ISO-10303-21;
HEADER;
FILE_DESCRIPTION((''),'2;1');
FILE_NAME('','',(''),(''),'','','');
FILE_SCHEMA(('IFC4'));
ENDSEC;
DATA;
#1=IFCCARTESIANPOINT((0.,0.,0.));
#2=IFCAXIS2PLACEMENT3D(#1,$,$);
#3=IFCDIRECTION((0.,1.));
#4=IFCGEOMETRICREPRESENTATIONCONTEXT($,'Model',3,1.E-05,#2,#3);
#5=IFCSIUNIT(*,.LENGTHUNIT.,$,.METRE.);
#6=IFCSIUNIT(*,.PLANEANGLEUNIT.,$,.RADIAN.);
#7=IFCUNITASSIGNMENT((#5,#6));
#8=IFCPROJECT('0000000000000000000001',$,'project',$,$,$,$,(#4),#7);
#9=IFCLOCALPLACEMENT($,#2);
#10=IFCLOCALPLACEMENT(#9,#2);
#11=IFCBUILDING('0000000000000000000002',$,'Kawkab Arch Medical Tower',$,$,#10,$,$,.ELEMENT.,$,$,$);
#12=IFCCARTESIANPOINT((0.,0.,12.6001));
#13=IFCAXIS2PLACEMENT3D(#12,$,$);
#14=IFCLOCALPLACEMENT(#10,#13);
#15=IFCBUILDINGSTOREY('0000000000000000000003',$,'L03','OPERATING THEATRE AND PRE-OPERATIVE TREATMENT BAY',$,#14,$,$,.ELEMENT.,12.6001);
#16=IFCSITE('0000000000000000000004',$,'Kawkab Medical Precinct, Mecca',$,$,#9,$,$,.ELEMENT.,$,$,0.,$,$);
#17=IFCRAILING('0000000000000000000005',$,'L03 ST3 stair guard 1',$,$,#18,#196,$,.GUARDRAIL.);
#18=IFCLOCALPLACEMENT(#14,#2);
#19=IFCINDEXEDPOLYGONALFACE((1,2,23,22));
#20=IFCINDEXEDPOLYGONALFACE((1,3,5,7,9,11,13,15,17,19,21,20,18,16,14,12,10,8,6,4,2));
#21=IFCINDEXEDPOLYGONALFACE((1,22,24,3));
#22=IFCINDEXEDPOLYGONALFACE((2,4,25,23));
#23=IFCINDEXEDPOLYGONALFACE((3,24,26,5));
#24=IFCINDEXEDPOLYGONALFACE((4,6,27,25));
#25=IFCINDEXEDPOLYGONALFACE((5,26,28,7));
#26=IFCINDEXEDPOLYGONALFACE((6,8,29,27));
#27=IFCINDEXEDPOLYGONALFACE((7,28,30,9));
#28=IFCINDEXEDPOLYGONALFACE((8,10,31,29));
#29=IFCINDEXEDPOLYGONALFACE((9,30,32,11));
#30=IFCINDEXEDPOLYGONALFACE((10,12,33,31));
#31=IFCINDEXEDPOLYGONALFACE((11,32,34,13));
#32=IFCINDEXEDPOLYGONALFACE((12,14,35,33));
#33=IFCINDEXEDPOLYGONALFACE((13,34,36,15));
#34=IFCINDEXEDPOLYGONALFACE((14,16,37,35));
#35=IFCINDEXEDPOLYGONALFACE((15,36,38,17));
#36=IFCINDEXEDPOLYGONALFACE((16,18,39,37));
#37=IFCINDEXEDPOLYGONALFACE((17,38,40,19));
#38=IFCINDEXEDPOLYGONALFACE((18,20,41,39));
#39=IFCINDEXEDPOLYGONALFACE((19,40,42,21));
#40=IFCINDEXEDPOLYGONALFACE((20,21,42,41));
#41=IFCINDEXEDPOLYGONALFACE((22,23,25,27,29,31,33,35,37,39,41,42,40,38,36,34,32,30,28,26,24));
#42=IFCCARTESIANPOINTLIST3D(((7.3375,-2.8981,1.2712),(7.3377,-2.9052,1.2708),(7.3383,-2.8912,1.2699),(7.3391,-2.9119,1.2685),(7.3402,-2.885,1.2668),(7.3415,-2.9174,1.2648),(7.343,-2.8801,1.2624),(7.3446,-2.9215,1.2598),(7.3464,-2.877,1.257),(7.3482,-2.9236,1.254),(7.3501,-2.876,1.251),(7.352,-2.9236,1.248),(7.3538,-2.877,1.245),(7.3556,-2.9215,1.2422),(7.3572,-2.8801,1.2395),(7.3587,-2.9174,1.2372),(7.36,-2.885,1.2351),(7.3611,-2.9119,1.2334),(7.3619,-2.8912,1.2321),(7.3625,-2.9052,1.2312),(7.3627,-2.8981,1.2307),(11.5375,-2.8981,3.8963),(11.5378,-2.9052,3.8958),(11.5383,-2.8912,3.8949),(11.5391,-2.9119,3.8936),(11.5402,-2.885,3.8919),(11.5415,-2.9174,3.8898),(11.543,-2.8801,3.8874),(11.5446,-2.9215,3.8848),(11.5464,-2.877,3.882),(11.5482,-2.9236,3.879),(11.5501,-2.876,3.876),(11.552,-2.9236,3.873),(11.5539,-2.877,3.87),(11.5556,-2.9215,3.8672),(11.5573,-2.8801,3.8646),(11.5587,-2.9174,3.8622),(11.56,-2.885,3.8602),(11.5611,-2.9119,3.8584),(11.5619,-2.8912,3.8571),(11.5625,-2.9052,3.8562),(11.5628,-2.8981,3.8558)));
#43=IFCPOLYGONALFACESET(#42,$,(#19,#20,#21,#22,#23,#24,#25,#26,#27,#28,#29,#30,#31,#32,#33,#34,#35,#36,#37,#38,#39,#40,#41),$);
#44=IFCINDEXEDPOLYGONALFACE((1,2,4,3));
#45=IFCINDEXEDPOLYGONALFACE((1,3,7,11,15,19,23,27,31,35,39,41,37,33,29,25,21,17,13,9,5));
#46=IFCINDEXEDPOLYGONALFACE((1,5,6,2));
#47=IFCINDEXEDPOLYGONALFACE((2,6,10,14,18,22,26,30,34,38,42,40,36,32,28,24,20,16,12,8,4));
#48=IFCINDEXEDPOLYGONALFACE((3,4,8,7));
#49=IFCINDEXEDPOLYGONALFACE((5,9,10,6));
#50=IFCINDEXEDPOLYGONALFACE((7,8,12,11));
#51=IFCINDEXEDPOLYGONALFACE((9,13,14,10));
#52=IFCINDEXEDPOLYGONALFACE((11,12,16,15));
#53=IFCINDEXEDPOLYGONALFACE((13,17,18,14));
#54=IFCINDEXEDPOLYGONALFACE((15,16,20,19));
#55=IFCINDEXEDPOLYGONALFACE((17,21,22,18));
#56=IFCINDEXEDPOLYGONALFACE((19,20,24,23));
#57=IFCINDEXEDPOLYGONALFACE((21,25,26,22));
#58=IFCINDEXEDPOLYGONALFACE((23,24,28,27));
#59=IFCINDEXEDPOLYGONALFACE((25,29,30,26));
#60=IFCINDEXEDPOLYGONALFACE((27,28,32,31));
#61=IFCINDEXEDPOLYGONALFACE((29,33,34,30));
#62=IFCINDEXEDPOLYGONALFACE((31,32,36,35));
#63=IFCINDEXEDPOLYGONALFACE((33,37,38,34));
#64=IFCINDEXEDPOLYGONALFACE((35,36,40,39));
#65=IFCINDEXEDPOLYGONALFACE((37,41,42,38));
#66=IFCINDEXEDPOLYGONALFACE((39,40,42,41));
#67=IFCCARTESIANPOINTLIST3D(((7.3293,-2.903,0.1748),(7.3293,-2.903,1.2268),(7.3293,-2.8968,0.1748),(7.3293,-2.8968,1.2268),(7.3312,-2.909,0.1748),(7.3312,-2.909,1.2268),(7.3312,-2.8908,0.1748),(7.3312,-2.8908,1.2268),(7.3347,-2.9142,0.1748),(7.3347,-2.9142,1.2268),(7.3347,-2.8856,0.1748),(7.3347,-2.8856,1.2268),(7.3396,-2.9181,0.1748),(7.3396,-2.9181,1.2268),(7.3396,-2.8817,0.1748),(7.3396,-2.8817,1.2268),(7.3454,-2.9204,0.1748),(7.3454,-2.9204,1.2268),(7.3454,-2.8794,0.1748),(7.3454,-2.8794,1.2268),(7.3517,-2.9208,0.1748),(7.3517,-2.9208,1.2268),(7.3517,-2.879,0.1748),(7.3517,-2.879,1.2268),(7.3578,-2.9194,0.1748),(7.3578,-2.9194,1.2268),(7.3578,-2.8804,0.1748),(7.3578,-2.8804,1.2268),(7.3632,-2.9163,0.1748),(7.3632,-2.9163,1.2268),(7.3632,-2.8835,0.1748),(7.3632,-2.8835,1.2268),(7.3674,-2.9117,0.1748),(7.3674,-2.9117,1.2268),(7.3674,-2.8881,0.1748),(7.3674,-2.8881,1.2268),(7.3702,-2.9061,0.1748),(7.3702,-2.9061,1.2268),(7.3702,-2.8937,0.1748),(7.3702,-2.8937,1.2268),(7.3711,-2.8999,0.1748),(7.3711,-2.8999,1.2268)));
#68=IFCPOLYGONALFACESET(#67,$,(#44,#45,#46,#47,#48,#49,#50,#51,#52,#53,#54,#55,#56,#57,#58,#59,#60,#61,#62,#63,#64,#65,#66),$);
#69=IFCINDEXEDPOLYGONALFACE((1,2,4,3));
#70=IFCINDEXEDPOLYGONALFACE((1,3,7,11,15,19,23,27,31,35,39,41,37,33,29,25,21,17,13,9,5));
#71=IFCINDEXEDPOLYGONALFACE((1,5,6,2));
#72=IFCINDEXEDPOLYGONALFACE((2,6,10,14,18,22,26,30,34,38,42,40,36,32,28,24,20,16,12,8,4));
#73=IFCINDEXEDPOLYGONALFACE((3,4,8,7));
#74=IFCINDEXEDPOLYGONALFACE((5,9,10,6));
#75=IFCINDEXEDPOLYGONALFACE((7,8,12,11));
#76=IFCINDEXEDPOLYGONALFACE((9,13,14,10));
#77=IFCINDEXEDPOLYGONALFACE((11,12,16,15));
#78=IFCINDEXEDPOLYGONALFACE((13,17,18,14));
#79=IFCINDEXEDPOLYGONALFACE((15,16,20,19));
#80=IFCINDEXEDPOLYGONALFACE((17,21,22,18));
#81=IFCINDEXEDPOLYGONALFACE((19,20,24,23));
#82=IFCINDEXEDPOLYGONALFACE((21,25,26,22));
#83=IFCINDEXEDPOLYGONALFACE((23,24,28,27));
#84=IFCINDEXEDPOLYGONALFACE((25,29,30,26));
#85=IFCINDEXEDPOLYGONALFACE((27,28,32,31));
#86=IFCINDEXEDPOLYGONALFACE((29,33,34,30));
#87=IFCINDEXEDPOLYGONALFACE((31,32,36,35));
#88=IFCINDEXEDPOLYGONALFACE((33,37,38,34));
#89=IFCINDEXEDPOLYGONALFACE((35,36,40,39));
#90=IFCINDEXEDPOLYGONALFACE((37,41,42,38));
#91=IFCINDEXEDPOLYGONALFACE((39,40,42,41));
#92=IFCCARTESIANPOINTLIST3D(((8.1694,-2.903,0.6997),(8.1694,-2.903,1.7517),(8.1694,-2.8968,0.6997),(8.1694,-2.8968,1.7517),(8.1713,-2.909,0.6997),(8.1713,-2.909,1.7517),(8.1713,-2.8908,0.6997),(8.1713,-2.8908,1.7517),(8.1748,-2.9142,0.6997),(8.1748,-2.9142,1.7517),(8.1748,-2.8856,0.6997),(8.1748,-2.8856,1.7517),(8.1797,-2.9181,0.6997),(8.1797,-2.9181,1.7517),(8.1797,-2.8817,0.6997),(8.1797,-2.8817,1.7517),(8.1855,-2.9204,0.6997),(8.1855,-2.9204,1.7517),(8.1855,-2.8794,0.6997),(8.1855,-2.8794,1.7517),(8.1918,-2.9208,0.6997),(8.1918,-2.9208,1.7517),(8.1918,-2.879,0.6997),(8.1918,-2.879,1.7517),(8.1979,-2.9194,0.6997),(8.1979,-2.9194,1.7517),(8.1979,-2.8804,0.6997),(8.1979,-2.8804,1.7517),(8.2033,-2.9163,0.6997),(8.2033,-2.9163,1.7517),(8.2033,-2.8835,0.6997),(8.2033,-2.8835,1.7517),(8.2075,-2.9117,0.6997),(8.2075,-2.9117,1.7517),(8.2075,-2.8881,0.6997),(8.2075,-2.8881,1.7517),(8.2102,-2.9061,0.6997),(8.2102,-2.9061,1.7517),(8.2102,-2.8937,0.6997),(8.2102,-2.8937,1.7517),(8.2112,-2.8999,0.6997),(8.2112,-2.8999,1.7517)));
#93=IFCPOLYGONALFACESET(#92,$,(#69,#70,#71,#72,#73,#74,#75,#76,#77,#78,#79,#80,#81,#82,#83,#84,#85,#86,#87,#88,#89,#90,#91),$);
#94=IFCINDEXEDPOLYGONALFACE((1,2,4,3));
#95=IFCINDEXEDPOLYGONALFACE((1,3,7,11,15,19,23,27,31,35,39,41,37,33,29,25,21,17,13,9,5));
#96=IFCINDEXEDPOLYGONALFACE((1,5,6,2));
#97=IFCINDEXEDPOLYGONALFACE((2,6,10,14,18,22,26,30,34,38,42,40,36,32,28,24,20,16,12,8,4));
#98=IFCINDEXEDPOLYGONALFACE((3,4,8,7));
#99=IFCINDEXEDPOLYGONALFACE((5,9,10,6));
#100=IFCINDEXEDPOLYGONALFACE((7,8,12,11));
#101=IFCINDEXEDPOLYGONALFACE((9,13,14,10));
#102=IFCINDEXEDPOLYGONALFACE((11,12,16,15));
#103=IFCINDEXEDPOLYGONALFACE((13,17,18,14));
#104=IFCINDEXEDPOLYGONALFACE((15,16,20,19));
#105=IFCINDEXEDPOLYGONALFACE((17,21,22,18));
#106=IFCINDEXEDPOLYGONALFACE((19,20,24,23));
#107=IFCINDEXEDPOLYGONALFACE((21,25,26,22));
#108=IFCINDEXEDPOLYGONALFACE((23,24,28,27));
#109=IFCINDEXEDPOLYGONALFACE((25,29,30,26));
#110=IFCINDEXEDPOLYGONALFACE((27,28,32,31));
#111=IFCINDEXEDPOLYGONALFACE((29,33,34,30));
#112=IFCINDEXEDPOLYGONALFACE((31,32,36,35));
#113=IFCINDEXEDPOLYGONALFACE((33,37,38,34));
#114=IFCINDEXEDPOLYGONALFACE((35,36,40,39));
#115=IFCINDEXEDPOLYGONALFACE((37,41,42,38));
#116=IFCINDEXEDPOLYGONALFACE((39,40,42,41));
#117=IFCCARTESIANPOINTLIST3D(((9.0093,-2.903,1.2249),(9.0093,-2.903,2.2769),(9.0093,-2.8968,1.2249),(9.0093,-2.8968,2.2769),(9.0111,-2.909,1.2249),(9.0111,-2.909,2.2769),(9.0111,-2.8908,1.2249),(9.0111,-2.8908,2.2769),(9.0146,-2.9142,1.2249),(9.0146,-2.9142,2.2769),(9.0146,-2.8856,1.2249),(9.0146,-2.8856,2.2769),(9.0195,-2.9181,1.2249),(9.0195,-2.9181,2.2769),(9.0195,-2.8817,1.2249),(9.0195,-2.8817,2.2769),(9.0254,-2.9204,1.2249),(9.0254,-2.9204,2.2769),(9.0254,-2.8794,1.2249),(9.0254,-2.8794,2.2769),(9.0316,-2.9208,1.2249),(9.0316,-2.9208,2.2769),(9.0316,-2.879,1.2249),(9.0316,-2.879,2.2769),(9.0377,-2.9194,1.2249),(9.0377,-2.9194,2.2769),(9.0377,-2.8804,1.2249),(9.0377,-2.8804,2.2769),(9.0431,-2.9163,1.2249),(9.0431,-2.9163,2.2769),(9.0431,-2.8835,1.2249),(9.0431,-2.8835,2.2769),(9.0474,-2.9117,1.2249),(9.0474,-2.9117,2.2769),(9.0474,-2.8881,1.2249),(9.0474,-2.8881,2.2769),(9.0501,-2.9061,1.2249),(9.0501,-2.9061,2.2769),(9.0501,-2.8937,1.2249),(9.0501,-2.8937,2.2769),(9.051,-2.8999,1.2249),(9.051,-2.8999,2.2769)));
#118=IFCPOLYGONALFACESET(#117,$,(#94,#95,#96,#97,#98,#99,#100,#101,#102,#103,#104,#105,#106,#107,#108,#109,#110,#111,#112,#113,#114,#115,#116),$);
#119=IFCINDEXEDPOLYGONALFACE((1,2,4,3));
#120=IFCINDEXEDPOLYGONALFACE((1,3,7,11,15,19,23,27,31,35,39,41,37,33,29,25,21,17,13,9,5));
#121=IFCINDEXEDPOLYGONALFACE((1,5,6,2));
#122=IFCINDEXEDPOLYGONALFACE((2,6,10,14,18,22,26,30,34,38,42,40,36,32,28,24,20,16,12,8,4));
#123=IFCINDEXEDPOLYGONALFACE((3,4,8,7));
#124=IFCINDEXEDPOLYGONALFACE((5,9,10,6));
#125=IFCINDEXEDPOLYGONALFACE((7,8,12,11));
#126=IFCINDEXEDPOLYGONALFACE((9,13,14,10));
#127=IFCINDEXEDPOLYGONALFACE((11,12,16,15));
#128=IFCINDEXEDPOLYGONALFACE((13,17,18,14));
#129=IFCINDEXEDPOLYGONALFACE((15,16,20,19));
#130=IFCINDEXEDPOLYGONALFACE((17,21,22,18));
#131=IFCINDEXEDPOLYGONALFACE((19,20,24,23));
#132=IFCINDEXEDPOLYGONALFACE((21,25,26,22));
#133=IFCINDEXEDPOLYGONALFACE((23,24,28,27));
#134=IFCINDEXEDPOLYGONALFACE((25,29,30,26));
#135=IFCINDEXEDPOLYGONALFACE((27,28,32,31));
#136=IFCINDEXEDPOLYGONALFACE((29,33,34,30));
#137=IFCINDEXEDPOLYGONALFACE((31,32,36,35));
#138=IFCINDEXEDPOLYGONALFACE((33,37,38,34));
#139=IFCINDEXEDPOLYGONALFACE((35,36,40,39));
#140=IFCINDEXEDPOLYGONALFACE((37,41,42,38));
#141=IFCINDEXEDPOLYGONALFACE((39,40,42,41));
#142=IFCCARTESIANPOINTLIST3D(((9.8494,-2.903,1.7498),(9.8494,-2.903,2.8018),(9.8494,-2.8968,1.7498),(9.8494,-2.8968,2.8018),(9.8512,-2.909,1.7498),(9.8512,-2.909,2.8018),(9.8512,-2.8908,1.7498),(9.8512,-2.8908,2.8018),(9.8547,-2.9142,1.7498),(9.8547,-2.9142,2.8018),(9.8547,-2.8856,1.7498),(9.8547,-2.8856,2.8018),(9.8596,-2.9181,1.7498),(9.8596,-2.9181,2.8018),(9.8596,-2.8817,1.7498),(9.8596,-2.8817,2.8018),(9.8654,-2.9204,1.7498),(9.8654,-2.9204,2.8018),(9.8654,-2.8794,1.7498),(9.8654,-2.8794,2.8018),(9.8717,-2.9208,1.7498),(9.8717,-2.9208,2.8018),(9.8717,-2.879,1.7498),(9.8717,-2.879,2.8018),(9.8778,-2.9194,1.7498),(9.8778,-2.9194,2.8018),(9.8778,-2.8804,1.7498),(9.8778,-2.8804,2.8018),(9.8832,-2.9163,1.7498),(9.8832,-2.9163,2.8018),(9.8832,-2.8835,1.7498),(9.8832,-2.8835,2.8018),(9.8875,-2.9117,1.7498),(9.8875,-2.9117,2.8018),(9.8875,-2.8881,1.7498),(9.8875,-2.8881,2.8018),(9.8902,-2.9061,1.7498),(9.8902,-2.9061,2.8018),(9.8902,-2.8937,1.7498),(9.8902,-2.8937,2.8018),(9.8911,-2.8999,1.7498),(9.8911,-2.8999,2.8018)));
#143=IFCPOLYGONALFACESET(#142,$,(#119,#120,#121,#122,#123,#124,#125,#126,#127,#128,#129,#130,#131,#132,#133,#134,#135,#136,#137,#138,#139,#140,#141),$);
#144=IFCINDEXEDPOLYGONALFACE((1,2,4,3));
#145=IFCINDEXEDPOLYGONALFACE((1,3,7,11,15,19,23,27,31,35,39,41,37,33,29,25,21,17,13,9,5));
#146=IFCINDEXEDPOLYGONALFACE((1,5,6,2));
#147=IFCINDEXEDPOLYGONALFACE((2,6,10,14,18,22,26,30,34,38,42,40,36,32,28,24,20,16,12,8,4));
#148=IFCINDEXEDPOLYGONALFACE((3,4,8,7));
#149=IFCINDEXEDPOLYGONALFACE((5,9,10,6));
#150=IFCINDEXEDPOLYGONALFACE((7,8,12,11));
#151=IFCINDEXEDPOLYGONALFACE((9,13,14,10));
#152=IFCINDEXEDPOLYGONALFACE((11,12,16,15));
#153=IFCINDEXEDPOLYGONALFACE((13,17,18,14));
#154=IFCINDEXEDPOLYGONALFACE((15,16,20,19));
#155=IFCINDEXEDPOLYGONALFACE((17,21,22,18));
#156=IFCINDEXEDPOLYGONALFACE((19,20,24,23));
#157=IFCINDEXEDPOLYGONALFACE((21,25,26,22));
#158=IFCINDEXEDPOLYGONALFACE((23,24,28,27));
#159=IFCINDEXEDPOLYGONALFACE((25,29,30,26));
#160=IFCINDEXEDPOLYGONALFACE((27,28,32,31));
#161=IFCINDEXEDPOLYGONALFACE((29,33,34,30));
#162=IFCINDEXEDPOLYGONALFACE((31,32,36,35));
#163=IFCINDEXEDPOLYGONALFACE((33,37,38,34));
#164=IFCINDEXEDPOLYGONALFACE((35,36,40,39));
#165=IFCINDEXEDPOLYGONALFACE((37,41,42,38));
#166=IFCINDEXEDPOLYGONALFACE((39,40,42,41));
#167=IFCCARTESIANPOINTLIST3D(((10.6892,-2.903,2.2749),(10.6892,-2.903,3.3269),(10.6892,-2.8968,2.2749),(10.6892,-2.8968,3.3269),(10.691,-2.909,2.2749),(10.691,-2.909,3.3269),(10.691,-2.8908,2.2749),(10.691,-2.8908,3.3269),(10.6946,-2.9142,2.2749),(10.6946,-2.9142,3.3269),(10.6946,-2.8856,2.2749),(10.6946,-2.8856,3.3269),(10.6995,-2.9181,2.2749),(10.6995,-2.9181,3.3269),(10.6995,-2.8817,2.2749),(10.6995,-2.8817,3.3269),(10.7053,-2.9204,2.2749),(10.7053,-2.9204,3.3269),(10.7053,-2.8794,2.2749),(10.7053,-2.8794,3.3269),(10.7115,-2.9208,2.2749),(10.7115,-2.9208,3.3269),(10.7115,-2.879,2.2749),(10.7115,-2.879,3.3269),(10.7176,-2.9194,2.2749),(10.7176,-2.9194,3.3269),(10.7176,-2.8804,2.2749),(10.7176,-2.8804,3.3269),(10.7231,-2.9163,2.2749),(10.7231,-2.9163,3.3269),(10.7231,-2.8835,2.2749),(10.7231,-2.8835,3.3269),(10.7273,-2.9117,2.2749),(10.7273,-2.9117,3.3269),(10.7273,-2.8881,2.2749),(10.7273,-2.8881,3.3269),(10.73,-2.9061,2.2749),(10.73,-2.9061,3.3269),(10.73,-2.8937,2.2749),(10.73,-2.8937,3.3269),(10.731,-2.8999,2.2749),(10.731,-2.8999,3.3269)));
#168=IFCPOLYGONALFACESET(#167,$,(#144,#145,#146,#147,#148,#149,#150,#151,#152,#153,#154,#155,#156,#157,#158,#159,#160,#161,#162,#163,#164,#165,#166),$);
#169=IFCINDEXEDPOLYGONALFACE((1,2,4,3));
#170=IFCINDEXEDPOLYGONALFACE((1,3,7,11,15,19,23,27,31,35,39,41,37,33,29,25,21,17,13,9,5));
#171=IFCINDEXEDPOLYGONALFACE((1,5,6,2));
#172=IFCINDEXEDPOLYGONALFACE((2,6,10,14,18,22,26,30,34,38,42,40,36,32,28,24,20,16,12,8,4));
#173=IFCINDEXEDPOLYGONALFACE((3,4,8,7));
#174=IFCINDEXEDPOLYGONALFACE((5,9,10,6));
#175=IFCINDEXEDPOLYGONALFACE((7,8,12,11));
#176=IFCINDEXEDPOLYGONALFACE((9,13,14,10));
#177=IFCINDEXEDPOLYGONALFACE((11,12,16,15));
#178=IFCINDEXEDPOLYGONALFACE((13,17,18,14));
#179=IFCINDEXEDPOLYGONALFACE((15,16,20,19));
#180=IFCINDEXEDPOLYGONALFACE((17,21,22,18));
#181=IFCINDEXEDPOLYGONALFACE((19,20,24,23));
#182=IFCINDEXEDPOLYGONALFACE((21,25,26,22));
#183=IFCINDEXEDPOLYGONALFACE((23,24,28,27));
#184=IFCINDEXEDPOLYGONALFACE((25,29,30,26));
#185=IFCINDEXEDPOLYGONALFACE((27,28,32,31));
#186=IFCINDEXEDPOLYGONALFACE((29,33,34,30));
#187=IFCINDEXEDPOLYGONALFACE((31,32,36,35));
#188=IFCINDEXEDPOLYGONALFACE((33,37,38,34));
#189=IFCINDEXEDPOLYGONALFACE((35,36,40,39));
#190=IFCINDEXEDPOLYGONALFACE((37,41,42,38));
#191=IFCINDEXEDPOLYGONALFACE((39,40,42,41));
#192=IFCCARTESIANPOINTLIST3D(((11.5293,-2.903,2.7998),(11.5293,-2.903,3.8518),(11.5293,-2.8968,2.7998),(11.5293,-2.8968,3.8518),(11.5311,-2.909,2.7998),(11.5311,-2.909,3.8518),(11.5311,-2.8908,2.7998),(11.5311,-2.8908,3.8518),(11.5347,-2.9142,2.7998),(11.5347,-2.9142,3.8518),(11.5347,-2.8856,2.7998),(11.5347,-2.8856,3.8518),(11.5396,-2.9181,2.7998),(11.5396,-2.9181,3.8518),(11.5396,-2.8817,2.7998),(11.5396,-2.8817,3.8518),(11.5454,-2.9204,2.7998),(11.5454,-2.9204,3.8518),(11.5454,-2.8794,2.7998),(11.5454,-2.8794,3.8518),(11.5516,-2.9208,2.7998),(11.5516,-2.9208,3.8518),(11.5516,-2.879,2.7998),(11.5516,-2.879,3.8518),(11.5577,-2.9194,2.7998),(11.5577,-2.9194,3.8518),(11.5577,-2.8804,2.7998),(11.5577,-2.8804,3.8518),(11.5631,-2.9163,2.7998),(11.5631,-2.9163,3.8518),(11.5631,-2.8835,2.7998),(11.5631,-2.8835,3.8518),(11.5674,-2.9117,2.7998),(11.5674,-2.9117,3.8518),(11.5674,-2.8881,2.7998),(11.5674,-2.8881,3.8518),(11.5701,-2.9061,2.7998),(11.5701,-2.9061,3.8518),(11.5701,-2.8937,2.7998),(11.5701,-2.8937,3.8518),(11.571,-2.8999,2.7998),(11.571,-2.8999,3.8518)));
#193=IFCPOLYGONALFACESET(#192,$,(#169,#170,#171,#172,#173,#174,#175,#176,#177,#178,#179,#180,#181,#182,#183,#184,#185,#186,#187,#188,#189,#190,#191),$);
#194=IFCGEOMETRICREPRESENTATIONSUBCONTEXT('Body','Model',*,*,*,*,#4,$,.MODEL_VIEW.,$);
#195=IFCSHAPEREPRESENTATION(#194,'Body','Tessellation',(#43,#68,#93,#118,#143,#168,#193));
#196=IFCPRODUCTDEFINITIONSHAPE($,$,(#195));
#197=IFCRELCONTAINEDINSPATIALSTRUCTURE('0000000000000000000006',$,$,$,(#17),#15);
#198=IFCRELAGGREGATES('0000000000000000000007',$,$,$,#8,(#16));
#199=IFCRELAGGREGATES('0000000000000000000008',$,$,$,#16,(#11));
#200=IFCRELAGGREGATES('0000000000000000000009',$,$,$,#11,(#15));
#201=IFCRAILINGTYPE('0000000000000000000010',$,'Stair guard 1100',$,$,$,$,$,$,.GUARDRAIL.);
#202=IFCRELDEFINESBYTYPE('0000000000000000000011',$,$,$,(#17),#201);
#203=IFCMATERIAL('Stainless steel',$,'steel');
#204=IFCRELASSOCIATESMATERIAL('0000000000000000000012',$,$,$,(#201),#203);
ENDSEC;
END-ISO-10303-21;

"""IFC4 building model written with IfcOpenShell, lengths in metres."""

from ifc_helpers import new_model, si_unit, direction, frame, origin, origin_2d, place, context, subcontext, project, spatial, circle, extrude, material, type_object, element, save


model = new_model("IFC4")

# Units and contexts
model_context = context("Model", 3, precision=1e-05, world=origin(), true_north=direction((0.0, 1.0)))
body_context = subcontext(model_context, "Body", "Model", "MODEL_VIEW")
ifc_project = project(units=[si_unit("LENGTHUNIT", "METRE"), si_unit("PLANEANGLEUNIT", "RADIAN")], contexts=[model_context])

# Site, building, storey
site_placement = place(None, origin())
site = spatial("IfcSite", under=ifc_project, at=site_placement, Name="Kawkab Medical Precinct, Mecca", CompositionType="ELEMENT", RefElevation=0.0)
building_placement = place(site_placement, origin())
building = spatial("IfcBuilding", under=site, at=building_placement, Name="Kawkab Arch Medical Tower", CompositionType="ELEMENT")
storey_placement = place(building_placement, frame((0.0, 0.0, 12.6001)))
storey = spatial("IfcBuildingStorey", under=building, at=storey_placement, Name="L03", Description="OPERATING THEATRE AND PRE-OPERATIVE TREATMENT BAY", CompositionType="ELEMENT", Elevation=12.6001)

# Railing
ifc_material_1 = material(Name="Stainless steel", Category="steel")
railing_type = type_object("IfcRailingType", Name="Stair guard 1100", PredefinedType="GUARDRAIL", material=ifc_material_1)
railing_1_placement = place(storey_placement, frame((7.3501, -2.8999, 0.1748)))
element("IfcRailing", 1, at=railing_1_placement, inside=storey, type_object=railing_type, Name="L03 ST3 stair guard 1", PredefinedType="GUARDRAIL", context=body_context, shape_type="SweptSolid", body=[
    extrude(circle(Radius=0.0239, at=origin_2d()), frame((0.0, 0.0, 1.0762), z_axis=(0.847996, 0.0, 0.530003), x_axis=(0.0, 1.0, 0.0)), (0.0, 0.0, 1.0), 4.9529),
    extrude(circle(Radius=0.021, at=origin_2d()), origin(), (0.0, 0.0, 1.0), 1.052),
    extrude(circle(Radius=0.021, at=origin_2d()), frame((0.8401, 0.0, 0.5249)), (0.0, 0.0, 1.0), 1.052),
    extrude(circle(Radius=0.021, at=origin_2d()), frame((1.6799, 0.0, 1.05)), (0.0, 0.0, 1.0), 1.052),
    extrude(circle(Radius=0.021, at=origin_2d()), frame((2.52, 0.0, 1.575)), (0.0, 0.0, 1.0), 1.052),
    extrude(circle(Radius=0.021, at=origin_2d()), frame((3.3599, 0.0, 2.1001)), (0.0, 0.0, 1.0), 1.052),
    extrude(circle(Radius=0.021, at=origin_2d()), frame((4.2, 0.0, 2.625)), (0.0, 0.0, 1.0), 1.052),
])

save(model, "model.ifc")
